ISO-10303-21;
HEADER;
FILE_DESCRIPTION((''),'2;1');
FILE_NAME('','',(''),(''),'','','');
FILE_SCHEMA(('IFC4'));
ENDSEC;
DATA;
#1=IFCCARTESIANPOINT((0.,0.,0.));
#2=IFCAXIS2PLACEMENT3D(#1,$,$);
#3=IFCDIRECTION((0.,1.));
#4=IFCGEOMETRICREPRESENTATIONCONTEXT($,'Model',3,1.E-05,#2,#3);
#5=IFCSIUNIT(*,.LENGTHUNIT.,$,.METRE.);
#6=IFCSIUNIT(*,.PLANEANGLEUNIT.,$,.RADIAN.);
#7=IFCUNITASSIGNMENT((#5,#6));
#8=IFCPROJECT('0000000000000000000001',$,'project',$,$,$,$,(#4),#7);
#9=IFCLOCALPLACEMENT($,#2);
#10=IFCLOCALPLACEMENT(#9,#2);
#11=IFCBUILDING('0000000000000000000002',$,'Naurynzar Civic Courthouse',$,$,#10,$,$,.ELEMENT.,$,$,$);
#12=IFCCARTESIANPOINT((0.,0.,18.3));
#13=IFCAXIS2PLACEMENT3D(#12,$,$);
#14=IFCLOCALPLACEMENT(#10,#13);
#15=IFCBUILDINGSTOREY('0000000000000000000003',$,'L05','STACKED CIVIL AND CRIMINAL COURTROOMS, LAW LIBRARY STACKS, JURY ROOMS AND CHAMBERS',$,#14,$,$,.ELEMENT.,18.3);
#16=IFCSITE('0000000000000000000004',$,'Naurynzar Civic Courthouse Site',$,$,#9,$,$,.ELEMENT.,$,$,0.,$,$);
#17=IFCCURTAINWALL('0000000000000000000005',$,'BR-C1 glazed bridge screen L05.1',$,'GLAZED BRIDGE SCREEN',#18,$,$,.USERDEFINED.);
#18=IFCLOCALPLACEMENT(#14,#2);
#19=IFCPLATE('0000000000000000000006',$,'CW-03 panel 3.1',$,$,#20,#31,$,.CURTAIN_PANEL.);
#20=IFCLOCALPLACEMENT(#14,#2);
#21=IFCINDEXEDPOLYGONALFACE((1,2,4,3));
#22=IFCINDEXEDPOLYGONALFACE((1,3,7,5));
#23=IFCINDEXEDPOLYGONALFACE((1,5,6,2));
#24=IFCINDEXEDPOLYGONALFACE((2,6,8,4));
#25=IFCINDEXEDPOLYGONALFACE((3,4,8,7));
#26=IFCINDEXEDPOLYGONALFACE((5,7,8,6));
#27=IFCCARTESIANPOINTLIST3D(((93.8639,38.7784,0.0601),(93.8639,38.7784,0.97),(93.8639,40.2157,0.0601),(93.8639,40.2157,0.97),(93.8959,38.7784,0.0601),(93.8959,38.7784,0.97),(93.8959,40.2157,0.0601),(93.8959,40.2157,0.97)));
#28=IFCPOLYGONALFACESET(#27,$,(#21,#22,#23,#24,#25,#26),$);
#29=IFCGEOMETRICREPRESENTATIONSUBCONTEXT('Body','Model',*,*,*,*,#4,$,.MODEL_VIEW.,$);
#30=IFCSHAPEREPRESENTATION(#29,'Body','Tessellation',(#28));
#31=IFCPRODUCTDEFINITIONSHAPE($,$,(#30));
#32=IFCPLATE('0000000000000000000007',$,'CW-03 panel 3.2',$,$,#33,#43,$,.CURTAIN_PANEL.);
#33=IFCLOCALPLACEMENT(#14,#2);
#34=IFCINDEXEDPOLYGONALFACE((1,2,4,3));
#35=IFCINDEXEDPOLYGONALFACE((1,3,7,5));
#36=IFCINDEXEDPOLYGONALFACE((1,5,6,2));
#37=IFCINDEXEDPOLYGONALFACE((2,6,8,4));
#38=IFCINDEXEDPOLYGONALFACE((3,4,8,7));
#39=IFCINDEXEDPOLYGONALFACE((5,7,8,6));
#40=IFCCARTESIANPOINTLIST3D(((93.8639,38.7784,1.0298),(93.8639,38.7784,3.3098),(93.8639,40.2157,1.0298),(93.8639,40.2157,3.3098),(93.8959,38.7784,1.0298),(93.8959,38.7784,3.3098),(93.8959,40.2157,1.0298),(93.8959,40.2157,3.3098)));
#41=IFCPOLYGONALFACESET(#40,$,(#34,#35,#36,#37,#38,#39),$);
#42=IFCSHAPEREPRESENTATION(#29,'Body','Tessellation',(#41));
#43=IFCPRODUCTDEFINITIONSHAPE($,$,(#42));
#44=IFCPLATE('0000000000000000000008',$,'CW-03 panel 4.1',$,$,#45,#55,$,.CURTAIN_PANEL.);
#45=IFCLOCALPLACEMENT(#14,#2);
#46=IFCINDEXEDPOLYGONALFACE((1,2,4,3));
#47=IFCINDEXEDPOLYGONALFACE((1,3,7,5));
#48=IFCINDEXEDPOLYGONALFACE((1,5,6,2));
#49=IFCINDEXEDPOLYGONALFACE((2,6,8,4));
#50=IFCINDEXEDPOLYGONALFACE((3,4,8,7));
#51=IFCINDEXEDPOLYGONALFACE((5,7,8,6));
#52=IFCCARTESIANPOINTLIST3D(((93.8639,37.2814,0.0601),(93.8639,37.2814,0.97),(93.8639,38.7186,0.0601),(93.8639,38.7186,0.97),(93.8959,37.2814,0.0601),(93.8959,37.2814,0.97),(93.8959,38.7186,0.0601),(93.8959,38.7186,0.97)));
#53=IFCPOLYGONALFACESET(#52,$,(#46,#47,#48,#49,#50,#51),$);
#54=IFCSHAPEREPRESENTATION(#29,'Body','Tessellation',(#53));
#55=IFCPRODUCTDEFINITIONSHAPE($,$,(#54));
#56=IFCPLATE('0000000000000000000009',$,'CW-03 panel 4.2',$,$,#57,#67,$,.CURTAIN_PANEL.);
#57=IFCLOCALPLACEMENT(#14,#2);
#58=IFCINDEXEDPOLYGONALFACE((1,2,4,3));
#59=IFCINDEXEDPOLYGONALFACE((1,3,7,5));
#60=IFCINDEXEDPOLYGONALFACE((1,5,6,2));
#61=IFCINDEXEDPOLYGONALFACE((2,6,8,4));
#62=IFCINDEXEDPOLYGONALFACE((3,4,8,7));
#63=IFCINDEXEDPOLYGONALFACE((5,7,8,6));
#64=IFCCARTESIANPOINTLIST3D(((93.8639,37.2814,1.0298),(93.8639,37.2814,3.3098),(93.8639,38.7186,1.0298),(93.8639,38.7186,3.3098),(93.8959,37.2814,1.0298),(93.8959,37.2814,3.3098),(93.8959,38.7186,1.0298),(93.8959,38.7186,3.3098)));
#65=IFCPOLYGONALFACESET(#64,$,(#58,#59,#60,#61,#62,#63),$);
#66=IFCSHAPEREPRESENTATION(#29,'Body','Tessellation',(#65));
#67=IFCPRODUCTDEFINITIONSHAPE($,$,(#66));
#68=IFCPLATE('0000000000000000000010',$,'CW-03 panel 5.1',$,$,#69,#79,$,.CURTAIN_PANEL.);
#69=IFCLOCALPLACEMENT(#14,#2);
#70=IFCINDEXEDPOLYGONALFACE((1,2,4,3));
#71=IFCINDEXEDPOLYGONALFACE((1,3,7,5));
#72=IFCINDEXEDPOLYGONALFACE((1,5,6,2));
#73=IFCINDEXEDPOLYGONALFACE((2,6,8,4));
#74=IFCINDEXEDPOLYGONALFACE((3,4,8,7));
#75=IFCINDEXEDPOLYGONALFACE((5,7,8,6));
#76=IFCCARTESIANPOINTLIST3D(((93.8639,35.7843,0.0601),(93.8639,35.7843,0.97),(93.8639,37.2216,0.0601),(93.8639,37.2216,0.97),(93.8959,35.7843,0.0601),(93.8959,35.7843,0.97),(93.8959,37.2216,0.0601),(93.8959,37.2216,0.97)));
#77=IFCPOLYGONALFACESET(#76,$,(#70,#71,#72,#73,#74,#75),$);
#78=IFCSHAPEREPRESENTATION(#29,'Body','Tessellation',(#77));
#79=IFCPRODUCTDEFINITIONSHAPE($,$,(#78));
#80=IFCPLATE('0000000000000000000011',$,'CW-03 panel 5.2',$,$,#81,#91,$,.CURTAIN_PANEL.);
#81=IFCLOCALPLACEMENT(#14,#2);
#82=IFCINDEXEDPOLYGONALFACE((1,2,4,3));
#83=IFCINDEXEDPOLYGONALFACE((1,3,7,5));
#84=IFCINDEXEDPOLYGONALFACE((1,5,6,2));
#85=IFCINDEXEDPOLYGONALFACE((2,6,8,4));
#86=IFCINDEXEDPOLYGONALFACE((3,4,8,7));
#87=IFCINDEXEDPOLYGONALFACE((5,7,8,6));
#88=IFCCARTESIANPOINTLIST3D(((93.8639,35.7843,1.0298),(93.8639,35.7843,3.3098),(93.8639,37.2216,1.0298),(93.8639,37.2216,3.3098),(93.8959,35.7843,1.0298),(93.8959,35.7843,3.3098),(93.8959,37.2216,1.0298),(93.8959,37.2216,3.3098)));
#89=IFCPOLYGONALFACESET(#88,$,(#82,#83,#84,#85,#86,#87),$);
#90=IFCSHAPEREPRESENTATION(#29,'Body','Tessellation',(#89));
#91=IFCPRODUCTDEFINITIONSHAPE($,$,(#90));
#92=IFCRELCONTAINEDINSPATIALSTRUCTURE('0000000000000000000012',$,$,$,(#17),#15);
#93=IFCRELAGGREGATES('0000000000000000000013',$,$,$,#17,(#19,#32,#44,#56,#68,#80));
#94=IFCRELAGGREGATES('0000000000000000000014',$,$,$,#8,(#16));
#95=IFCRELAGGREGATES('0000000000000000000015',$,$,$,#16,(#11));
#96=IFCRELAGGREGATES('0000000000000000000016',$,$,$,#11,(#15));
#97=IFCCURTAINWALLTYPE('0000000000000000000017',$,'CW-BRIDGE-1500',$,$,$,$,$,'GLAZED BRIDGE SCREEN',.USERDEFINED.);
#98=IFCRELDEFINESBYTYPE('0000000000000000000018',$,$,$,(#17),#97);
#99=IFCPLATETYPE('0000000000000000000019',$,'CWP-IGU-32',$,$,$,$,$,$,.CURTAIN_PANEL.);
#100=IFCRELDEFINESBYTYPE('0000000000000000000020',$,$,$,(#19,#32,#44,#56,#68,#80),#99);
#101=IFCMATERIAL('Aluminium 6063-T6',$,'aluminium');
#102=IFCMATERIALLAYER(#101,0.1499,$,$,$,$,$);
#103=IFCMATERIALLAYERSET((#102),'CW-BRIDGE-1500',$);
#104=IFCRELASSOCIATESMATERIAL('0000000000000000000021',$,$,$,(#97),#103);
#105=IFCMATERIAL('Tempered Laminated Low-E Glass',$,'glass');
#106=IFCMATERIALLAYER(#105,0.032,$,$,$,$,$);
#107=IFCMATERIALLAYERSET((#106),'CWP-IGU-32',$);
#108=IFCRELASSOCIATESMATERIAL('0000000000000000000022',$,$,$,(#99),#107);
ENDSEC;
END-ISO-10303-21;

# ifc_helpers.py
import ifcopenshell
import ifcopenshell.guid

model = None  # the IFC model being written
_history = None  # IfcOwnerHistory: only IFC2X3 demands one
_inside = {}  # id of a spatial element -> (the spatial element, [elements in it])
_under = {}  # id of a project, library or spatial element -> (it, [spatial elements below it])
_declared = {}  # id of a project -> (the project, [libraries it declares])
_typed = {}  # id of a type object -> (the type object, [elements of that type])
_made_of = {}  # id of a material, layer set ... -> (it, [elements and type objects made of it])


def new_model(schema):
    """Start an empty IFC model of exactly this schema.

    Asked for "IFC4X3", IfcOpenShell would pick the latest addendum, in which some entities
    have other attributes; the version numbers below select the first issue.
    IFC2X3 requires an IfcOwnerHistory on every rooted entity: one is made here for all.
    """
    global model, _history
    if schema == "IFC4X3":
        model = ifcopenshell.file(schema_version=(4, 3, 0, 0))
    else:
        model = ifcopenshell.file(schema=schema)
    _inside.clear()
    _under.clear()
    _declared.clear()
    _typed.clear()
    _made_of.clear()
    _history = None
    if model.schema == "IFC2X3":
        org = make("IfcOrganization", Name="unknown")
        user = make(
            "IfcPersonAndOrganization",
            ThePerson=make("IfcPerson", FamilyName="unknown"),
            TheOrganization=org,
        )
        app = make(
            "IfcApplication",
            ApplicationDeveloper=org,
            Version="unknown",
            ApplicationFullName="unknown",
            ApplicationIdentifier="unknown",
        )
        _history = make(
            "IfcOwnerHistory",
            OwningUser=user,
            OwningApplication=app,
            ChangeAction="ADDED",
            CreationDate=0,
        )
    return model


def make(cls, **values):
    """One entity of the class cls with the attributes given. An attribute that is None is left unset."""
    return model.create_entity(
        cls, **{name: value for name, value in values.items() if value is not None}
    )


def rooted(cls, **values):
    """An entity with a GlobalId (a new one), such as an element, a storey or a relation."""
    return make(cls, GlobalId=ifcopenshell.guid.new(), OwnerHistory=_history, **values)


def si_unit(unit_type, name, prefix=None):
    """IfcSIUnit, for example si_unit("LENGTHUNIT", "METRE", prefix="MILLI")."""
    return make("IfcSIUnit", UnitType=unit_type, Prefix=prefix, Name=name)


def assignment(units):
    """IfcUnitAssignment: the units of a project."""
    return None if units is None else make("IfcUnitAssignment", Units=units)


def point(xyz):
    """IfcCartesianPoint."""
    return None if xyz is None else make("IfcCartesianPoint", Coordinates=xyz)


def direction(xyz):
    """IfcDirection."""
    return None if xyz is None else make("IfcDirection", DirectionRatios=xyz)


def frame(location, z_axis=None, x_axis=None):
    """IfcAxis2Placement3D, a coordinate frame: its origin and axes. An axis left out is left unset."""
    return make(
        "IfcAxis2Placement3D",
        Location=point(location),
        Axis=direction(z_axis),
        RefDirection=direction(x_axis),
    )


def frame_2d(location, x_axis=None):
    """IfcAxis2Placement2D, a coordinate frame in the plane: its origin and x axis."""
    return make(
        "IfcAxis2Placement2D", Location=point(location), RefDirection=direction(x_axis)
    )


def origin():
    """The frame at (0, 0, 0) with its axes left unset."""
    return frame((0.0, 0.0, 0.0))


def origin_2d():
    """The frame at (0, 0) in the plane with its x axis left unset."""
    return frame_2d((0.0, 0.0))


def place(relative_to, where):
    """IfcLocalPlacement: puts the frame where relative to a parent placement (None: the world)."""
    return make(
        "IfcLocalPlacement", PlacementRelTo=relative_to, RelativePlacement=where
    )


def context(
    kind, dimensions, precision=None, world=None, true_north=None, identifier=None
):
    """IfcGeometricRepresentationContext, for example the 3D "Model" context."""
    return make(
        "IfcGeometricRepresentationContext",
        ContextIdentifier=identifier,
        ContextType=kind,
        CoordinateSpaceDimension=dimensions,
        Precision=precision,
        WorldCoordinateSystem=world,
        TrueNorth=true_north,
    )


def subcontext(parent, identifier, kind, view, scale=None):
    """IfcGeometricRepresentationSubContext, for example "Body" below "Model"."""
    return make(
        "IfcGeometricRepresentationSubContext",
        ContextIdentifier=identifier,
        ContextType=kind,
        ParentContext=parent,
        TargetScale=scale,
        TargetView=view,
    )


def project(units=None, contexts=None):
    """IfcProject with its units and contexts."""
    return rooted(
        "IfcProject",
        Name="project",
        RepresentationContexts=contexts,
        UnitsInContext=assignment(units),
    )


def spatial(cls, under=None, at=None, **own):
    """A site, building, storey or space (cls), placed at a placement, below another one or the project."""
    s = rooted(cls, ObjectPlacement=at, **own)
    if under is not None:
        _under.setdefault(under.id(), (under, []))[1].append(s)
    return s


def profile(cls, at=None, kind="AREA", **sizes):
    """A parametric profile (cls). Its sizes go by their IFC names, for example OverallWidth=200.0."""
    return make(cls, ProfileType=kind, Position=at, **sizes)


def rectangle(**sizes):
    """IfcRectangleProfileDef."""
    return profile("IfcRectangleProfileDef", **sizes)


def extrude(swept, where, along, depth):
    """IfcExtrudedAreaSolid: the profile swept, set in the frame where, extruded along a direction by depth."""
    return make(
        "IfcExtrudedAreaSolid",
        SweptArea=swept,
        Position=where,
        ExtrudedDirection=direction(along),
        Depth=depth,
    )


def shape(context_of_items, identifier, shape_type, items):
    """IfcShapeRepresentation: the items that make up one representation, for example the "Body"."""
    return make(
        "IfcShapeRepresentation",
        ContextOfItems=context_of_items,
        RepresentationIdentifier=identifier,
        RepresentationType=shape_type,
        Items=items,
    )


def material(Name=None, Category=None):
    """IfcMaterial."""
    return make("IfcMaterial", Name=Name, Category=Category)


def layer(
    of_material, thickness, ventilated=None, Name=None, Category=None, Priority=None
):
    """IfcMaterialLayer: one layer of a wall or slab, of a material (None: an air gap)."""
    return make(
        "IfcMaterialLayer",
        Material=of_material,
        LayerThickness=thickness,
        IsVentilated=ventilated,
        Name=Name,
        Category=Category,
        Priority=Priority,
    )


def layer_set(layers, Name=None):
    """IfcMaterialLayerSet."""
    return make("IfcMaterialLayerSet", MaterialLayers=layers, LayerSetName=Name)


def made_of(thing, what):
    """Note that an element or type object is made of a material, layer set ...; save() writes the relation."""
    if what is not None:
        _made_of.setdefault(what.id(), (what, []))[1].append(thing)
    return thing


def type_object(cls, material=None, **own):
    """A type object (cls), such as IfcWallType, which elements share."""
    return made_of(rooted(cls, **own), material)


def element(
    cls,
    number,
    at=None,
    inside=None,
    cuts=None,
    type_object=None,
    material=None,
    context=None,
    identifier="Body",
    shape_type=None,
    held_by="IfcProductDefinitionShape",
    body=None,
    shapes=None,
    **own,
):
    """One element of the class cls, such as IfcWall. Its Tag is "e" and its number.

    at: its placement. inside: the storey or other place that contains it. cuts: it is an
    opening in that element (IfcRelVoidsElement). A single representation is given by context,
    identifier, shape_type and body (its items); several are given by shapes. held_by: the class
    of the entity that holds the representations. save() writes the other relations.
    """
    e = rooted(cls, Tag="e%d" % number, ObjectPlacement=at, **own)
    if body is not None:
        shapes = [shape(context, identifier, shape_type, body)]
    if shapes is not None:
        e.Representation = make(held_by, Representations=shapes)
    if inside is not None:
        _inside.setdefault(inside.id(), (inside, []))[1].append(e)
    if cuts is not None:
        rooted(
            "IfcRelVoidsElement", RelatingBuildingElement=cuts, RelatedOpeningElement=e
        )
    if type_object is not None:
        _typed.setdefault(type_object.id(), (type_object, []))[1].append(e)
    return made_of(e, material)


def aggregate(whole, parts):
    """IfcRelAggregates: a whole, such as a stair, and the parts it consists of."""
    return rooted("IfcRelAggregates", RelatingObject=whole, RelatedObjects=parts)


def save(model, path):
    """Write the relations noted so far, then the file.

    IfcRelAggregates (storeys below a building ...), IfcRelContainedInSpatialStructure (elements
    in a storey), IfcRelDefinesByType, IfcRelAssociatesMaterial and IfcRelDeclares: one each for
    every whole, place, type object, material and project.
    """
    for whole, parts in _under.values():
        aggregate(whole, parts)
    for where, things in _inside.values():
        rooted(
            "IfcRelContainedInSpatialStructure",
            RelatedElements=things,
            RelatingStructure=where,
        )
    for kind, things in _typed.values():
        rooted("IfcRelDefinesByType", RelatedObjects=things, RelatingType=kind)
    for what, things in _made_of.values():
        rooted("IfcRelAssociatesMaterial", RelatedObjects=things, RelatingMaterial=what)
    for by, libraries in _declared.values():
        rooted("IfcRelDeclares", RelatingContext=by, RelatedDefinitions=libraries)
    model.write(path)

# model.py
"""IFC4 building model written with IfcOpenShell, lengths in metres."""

from ifc_helpers import new_model, si_unit, direction, frame, origin, origin_2d, place, context, subcontext, project, spatial, rectangle, extrude, material, layer, layer_set, type_object, element, aggregate, save


model = new_model("IFC4")

# Units and contexts
model_context = context("Model", 3, precision=1e-05, world=origin(), true_north=direction((0.0, 1.0)))
body_context = subcontext(model_context, "Body", "Model", "MODEL_VIEW")
ifc_project = project(units=[si_unit("LENGTHUNIT", "METRE"), si_unit("PLANEANGLEUNIT", "RADIAN")], contexts=[model_context])

# Site, building, storey
site_placement = place(None, origin())
site = spatial("IfcSite", under=ifc_project, at=site_placement, Name="Naurynzar Civic Courthouse Site", CompositionType="ELEMENT", RefElevation=0.0)
building_placement = place(site_placement, origin())
building = spatial("IfcBuilding", under=site, at=building_placement, Name="Naurynzar Civic Courthouse", CompositionType="ELEMENT")
storey_placement = place(building_placement, frame((0.0, 0.0, 18.3)))
storey = spatial("IfcBuildingStorey", under=building, at=storey_placement, Name="L05", Description="STACKED CIVIL AND CRIMINAL COURTROOMS, LAW LIBRARY STACKS, JURY ROOMS AND CHAMBERS", CompositionType="ELEMENT", Elevation=18.3)

# Curtain wall, plates
ifc_material_1 = material(Name="Aluminium 6063-T6", Category="aluminium")
ifc_layer_1 = layer(ifc_material_1, 0.1499)
ifc_layer_set_1 = layer_set([ifc_layer_1], Name="CW-BRIDGE-1500")
curtain_wall_type = type_object("IfcCurtainWallType", Name="CW-BRIDGE-1500", ElementType="GLAZED BRIDGE SCREEN", PredefinedType="USERDEFINED", material=ifc_layer_set_1)
curtain_wall_placement = place(storey_placement, origin())
curtain_wall = element("IfcCurtainWall", 1, at=curtain_wall_placement, inside=storey, type_object=curtain_wall_type, Name="BR-C1 glazed bridge screen L05.1", ObjectType="GLAZED BRIDGE SCREEN", PredefinedType="USERDEFINED")
ifc_material_2 = material(Name="Tempered Laminated Low-E Glass", Category="glass")
ifc_layer_2 = layer(ifc_material_2, 0.032)
ifc_layer_set_2 = layer_set([ifc_layer_2], Name="CWP-IGU-32")
plate_type = type_object("IfcPlateType", Name="CWP-IGU-32", PredefinedType="CURTAIN_PANEL", material=ifc_layer_set_2)
plate_1_placement = place(storey_placement, frame((93.8799, 39.4971, 0.0601), z_axis=(0.0, 0.0, 1.0), x_axis=(0.0, -1.0, 0.0)))
plate_1 = element("IfcPlate", 2, at=plate_1_placement, type_object=plate_type, Name="CW-03 panel 3.1", PredefinedType="CURTAIN_PANEL", context=body_context, shape_type="SweptSolid", body=[
    extrude(rectangle(XDim=1.4373, YDim=0.032, at=origin_2d()), origin(), (0.0, 0.0, 1.0), 0.9099),
])
plate_2_placement = place(storey_placement, frame((93.8799, 39.4971, 1.0298), z_axis=(0.0, 0.0, 1.0), x_axis=(0.0, -1.0, 0.0)))
plate_2 = element("IfcPlate", 3, at=plate_2_placement, type_object=plate_type, Name="CW-03 panel 3.2", PredefinedType="CURTAIN_PANEL", context=body_context, shape_type="SweptSolid", body=[
    extrude(rectangle(XDim=1.4373, YDim=0.032, at=origin_2d()), origin(), (0.0, 0.0, 1.0), 2.28),
])
plate_3_placement = place(storey_placement, frame((93.8799, 38.0, 0.0601), z_axis=(0.0, 0.0, 1.0), x_axis=(0.0, -1.0, 0.0)))
plate_3 = element("IfcPlate", 4, at=plate_3_placement, type_object=plate_type, Name="CW-03 panel 4.1", PredefinedType="CURTAIN_PANEL", context=body_context, shape_type="SweptSolid", body=[
    extrude(rectangle(XDim=1.4373, YDim=0.032, at=origin_2d()), origin(), (0.0, 0.0, 1.0), 0.9099),
])
plate_4_placement = place(storey_placement, frame((93.8799, 38.0, 1.0298), z_axis=(0.0, 0.0, 1.0), x_axis=(0.0, -1.0, 0.0)))
plate_4 = element("IfcPlate", 5, at=plate_4_placement, type_object=plate_type, Name="CW-03 panel 4.2", PredefinedType="CURTAIN_PANEL", context=body_context, shape_type="SweptSolid", body=[
    extrude(rectangle(XDim=1.4373, YDim=0.032, at=origin_2d()), origin(), (0.0, 0.0, 1.0), 2.28),
])
plate_5_placement = place(storey_placement, frame((93.8799, 36.5029, 0.0601), z_axis=(0.0, 0.0, 1.0), x_axis=(0.0, -1.0, 0.0)))
plate_5 = element("IfcPlate", 6, at=plate_5_placement, type_object=plate_type, Name="CW-03 panel 5.1", PredefinedType="CURTAIN_PANEL", context=body_context, shape_type="SweptSolid", body=[
    extrude(rectangle(XDim=1.4373, YDim=0.032, at=origin_2d()), origin(), (0.0, 0.0, 1.0), 0.9099),
])
plate_6_placement = place(storey_placement, frame((93.8799, 36.5029, 1.0298), z_axis=(0.0, 0.0, 1.0), x_axis=(0.0, -1.0, 0.0)))
plate_6 = element("IfcPlate", 7, at=plate_6_placement, type_object=plate_type, Name="CW-03 panel 5.2", PredefinedType="CURTAIN_PANEL", context=body_context, shape_type="SweptSolid", body=[
    extrude(rectangle(XDim=1.4373, YDim=0.032, at=origin_2d()), origin(), (0.0, 0.0, 1.0), 2.28),
])
aggregate(curtain_wall, [plate_1, plate_2, plate_3, plate_4, plate_5, plate_6])

save(model, "model.ifc")
